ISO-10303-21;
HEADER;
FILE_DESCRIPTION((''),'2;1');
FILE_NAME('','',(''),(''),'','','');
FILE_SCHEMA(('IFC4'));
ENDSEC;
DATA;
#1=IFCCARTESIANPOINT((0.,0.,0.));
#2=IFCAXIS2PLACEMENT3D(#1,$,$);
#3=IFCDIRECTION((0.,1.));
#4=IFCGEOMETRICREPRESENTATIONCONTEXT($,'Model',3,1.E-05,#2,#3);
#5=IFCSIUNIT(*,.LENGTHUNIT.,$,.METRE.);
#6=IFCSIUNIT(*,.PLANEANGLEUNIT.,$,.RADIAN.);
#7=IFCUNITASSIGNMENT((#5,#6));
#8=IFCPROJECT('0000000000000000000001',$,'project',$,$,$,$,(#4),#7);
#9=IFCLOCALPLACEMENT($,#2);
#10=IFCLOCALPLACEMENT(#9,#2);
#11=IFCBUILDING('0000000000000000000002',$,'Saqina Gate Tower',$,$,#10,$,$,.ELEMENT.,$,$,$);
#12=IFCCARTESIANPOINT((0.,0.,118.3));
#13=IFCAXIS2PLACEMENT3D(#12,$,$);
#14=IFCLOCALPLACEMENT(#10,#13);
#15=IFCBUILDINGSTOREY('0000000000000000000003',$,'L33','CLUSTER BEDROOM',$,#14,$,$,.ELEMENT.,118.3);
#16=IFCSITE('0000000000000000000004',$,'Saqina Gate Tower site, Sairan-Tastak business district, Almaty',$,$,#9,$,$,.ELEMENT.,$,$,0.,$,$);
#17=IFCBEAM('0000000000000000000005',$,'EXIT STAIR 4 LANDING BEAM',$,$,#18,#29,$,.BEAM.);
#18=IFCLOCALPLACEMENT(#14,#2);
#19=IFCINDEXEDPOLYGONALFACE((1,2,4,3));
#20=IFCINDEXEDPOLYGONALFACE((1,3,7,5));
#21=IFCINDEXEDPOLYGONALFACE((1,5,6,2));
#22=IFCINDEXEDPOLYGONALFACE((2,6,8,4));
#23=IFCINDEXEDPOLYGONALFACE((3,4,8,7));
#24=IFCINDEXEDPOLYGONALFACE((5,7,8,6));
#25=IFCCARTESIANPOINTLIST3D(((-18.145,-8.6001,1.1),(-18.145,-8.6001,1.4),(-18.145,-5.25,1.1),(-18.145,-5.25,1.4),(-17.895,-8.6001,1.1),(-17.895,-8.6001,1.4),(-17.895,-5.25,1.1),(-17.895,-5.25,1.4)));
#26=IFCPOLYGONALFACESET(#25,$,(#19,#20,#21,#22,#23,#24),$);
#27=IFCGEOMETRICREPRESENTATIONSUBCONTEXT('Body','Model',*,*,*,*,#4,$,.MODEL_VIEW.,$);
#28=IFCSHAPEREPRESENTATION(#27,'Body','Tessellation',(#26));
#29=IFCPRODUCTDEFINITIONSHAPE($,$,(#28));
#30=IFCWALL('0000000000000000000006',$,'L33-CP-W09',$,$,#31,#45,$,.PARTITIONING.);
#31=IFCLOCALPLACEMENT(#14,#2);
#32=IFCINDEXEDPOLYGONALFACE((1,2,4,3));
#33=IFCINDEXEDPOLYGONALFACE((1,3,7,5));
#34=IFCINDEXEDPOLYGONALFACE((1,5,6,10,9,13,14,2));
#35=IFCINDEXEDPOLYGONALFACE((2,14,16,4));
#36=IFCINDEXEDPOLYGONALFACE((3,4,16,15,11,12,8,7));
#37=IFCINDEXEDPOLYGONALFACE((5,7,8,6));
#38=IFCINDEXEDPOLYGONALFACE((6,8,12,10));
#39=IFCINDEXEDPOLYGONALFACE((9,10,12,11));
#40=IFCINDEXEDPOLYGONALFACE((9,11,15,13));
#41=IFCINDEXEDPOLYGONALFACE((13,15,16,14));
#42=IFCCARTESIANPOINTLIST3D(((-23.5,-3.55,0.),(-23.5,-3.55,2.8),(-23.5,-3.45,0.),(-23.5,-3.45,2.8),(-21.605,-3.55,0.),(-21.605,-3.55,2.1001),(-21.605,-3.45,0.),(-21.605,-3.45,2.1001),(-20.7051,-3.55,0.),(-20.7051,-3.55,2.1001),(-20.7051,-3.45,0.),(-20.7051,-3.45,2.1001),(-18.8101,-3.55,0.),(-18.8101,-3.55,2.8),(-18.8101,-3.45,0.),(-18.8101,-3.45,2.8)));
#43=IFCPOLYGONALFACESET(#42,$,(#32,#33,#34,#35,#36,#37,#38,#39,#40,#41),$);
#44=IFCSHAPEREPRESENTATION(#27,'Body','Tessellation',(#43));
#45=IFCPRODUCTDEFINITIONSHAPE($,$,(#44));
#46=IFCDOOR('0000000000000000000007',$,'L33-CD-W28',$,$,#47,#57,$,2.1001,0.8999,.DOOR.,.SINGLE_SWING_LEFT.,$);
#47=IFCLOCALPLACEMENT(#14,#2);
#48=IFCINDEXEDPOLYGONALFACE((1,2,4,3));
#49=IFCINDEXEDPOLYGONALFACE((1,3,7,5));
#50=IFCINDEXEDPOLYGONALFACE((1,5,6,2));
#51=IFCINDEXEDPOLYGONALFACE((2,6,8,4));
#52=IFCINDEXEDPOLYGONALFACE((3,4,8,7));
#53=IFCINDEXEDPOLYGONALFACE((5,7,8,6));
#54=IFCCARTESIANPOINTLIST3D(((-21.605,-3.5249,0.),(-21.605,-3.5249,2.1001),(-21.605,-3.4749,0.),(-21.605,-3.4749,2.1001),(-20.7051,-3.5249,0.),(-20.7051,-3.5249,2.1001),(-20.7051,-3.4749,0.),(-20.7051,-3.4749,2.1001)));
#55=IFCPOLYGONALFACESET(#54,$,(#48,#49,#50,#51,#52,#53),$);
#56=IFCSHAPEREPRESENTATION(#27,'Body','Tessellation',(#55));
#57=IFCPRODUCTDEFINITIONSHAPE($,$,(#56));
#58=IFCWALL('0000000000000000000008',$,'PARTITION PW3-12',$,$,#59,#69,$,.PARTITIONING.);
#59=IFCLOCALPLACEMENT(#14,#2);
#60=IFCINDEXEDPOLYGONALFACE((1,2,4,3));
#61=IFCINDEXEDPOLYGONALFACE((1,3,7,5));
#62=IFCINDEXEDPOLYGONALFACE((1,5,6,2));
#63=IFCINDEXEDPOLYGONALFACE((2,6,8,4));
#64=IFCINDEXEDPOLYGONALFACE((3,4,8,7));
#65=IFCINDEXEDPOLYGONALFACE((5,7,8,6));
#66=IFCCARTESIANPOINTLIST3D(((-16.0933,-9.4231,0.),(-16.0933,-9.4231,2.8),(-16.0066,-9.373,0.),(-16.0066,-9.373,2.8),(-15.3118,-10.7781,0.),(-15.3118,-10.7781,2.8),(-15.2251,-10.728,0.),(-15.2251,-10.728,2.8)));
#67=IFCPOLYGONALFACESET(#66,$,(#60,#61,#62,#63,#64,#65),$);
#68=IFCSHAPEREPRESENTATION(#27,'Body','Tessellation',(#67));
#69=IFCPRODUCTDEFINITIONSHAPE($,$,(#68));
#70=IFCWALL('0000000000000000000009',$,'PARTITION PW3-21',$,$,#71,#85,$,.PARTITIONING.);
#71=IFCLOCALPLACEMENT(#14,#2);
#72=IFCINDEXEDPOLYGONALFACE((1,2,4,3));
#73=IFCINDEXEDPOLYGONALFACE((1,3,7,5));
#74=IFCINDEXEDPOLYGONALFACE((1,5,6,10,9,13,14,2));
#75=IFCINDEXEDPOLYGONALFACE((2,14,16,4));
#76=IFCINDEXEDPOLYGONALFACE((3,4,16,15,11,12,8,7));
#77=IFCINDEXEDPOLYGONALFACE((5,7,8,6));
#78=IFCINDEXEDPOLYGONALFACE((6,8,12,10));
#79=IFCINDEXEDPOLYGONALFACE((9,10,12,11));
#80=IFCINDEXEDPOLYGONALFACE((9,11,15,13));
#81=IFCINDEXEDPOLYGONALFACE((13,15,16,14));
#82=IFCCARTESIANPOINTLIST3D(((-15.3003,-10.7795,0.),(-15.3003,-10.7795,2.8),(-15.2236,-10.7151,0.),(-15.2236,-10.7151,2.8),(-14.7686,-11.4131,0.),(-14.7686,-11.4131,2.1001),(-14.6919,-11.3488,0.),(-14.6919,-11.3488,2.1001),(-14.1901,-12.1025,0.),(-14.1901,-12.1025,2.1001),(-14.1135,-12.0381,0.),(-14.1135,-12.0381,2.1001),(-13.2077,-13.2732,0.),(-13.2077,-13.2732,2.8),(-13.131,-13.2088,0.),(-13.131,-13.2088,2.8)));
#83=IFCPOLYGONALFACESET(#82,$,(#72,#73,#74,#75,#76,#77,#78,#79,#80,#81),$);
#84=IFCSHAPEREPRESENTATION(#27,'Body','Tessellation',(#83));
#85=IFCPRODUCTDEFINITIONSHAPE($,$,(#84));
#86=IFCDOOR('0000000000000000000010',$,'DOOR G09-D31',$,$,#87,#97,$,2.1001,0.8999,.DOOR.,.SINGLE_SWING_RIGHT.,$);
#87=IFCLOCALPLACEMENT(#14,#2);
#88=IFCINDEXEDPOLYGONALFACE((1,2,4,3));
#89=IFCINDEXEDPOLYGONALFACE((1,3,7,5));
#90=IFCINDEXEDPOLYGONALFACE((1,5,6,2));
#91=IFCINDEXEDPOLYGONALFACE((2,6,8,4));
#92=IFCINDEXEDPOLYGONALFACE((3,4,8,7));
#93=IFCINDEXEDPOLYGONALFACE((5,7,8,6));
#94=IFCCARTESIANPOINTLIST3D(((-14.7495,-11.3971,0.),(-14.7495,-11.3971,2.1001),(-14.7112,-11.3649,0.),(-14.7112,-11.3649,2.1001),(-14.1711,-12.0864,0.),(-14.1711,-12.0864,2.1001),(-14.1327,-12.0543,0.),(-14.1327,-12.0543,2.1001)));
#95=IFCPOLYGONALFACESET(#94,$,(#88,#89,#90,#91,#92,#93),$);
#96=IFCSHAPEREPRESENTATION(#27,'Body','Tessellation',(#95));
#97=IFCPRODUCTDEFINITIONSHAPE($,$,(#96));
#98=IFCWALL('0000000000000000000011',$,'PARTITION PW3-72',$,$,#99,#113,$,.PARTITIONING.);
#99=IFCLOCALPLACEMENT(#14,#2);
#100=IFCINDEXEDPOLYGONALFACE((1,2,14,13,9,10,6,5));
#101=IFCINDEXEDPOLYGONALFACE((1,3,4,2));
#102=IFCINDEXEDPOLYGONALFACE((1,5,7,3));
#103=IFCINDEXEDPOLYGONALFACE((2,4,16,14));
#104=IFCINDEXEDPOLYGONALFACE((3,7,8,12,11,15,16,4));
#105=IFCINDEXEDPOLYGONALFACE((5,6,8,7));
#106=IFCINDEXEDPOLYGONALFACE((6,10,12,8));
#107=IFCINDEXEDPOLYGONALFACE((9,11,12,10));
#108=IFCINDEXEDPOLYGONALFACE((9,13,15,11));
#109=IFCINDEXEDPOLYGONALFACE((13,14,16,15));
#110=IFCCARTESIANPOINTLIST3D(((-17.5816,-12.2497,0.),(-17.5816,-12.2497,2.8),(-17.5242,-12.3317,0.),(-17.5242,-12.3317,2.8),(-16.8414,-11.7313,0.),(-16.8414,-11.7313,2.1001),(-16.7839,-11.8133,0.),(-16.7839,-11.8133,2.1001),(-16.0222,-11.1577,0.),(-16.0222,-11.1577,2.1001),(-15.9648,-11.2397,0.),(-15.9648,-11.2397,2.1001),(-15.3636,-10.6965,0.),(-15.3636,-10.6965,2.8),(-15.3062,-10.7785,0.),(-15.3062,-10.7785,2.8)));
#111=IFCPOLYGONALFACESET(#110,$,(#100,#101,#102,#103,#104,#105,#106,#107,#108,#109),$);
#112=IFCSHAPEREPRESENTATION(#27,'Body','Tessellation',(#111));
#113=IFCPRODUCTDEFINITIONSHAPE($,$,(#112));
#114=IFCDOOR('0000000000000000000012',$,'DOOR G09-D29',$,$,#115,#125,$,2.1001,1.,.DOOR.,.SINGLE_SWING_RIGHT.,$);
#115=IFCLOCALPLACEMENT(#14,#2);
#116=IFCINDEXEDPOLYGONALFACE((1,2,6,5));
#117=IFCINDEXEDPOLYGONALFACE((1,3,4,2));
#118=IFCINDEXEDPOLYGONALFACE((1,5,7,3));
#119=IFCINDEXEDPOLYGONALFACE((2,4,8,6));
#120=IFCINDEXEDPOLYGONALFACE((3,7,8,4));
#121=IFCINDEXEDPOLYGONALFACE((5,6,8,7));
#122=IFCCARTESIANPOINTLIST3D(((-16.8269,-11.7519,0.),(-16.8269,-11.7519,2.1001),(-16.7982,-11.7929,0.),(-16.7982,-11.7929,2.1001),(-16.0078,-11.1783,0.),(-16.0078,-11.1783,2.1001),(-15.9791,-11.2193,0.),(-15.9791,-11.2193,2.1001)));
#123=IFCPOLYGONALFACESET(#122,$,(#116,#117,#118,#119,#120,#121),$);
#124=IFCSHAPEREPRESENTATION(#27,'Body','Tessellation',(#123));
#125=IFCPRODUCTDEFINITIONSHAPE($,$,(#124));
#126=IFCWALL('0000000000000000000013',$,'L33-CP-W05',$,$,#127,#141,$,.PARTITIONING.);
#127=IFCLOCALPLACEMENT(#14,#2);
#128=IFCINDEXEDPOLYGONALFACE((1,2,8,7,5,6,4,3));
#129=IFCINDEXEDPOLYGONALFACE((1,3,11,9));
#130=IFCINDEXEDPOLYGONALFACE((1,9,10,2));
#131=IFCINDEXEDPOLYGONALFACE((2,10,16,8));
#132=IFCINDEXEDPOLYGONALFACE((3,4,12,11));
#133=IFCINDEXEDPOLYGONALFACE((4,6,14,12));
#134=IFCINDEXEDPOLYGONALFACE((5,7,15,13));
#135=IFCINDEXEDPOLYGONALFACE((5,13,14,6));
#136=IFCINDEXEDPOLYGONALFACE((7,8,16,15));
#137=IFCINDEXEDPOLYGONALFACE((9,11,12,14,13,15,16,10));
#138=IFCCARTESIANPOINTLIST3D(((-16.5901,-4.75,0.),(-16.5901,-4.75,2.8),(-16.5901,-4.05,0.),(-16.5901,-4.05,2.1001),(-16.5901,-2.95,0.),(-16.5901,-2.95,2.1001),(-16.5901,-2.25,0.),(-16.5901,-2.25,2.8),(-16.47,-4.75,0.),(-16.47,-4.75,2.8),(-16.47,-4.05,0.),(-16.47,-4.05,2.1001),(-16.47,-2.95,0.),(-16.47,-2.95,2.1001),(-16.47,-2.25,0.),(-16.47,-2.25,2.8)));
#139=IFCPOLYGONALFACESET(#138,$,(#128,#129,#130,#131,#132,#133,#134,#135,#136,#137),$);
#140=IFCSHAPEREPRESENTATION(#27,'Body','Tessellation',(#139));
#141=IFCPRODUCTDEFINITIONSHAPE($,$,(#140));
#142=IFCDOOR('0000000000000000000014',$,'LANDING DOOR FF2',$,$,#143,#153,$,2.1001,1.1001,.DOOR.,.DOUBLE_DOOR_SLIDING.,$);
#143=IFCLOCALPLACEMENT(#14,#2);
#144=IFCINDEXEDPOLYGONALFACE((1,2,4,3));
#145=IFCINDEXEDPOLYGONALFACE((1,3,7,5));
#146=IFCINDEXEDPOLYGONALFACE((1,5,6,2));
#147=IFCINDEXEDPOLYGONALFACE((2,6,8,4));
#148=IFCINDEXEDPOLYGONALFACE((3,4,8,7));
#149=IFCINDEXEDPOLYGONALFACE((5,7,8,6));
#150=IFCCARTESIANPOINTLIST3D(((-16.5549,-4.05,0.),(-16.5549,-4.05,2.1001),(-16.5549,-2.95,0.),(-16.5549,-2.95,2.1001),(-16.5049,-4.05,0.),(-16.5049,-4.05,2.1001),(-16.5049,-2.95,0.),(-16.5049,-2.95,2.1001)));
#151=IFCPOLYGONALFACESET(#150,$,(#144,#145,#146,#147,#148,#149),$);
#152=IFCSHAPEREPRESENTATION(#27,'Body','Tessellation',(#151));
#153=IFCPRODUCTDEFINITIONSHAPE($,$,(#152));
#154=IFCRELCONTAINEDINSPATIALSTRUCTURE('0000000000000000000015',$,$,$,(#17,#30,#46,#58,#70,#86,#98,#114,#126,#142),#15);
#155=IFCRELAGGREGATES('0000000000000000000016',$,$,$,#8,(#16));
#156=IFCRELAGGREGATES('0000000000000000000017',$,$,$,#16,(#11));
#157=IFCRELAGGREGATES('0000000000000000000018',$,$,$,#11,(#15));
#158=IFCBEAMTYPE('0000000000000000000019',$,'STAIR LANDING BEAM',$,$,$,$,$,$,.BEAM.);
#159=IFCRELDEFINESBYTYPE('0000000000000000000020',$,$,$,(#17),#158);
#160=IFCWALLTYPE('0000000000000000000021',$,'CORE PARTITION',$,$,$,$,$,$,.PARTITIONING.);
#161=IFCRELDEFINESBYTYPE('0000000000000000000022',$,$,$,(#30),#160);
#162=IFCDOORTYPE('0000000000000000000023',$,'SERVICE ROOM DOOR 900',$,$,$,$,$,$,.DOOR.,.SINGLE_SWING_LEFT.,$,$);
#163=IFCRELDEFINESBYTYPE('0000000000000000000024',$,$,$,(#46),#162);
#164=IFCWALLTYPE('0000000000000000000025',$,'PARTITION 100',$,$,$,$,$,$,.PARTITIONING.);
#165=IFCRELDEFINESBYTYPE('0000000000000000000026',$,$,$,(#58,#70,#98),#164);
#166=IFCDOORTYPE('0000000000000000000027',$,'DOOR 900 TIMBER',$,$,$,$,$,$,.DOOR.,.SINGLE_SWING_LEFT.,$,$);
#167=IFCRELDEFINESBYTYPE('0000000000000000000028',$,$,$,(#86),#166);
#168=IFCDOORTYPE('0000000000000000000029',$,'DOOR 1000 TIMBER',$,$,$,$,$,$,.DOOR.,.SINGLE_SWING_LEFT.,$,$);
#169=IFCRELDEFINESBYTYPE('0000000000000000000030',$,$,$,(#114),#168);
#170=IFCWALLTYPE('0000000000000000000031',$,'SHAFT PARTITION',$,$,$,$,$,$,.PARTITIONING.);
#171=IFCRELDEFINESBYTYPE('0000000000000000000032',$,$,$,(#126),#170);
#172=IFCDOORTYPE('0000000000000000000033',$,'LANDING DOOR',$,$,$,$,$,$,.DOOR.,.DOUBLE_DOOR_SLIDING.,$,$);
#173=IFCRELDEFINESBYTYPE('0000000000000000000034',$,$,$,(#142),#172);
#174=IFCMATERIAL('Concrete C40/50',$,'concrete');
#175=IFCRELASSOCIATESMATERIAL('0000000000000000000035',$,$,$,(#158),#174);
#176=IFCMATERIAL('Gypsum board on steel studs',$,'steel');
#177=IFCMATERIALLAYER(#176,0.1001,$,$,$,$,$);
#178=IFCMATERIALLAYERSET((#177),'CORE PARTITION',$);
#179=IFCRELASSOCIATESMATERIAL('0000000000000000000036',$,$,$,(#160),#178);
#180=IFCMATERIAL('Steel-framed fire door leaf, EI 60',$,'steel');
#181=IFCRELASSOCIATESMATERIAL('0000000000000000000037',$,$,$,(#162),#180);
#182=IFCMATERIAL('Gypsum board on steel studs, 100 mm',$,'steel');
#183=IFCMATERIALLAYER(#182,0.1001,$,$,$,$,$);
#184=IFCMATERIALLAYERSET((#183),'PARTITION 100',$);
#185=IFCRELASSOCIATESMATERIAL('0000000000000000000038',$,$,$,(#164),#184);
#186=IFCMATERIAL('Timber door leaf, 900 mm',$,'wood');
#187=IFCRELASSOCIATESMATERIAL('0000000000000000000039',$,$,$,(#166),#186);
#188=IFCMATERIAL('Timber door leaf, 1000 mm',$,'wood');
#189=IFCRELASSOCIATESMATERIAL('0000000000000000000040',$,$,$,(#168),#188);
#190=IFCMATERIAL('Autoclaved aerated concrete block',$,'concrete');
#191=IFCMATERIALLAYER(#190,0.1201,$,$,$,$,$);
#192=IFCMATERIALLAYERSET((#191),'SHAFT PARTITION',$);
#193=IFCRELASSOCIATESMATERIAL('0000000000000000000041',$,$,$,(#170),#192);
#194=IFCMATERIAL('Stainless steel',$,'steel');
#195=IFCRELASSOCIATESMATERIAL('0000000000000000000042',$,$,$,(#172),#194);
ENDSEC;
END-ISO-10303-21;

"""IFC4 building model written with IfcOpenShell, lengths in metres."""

from ifc_helpers import new_model, si_unit, direction, frame, frame_2d, origin, origin_2d, place, context, subcontext, project, spatial, rectangle, extrude, material, layer, layer_set, material_profile, profile_set, type_object, element, fill, save


model = new_model("IFC4")

# Units and contexts
model_context = context("Model", 3, precision=1e-05, world=origin(), true_north=direction((0.0, 1.0)))
body_context = subcontext(model_context, "Body", "Model", "MODEL_VIEW")
ifc_project = project(units=[si_unit("LENGTHUNIT", "METRE"), si_unit("PLANEANGLEUNIT", "RADIAN")], contexts=[model_context])

# Site, building, storey
site_placement = place(None, origin())
site = spatial("IfcSite", under=ifc_project, at=site_placement, Name="Saqina Gate Tower site, Sairan-Tastak business district, Almaty", CompositionType="ELEMENT", RefElevation=0.0)
building_placement = place(site_placement, origin())
building = spatial("IfcBuilding", under=site, at=building_placement, Name="Saqina Gate Tower", CompositionType="ELEMENT")
storey_placement = place(building_placement, frame((0.0, 0.0, 118.3)))
storey = spatial("IfcBuildingStorey", under=building, at=storey_placement, Name="L33", Description="CLUSTER BEDROOM", CompositionType="ELEMENT", Elevation=118.3)

# Beam
ifc_material_1 = material(Name="Concrete C40/50", Category="concrete")
ifc_material_profile = material_profile(ifc_material_1, rectangle(XDim=0.25, YDim=0.3, at=origin_2d()), Name="STAIR LANDING BEAM")
ifc_profile_set = profile_set([ifc_material_profile], Name="Concrete C40/50")
beam_type = type_object("IfcBeamType", Name="STAIR LANDING BEAM", PredefinedType="BEAM", material=ifc_profile_set)
beam_placement = place(storey_placement, frame((-18.02, -8.6001, 1.25), z_axis=(0.0, 1.0, 0.0), x_axis=(-1.0, 0.0, 0.0)))
element("IfcBeam", 1, at=beam_placement, inside=storey, type_object=beam_type, Name="EXIT STAIR 4 LANDING BEAM", PredefinedType="BEAM", context=body_context, shape_type="SweptSolid", body=[
    extrude(rectangle(XDim=0.25, YDim=0.3, at=origin_2d()), origin(), (0.0, 0.0, 1.0), 3.3501),
])

# Wall, opening, door
ifc_material_2 = material(Name="Gypsum board on steel studs", Category="steel")
ifc_layer_1 = layer(ifc_material_2, 0.1001)
ifc_layer_set_1 = layer_set([ifc_layer_1], Name="CORE PARTITION")
wall_type_1 = type_object("IfcWallType", Name="CORE PARTITION", PredefinedType="PARTITIONING", material=ifc_layer_set_1)
wall_1_placement = place(storey_placement, frame((-18.8101, -3.5, 0.0), z_axis=(0.0, 0.0, 1.0), x_axis=(-1.0, 0.0, 0.0)))
wall_1 = element("IfcWall", 2, at=wall_1_placement, inside=storey, type_object=wall_type_1, Name="L33-CP-W09", PredefinedType="PARTITIONING", context=body_context, shape_type="SweptSolid", body=[
    extrude(rectangle(XDim=4.6899, YDim=0.1001, at=frame_2d((2.345, 0.0))), origin(), (0.0, 0.0, 1.0), 2.8),
])
opening_1_placement = place(wall_1_placement, frame((1.895, 0.0, 0.0)))
opening_1 = element("IfcOpeningElement", 3, at=opening_1_placement, cuts=wall_1, PredefinedType="OPENING", context=body_context, shape_type="SweptSolid", body=[
    extrude(rectangle(XDim=0.8999, YDim=2.1001, at=frame_2d((0.45, 1.05))), frame((0.0, 0.062, 0.0), z_axis=(0.0, -1.0, 0.0), x_axis=(1.0, 0.0, 0.0)), (0.0, 0.0, 1.0), 0.124),
])
ifc_material_3 = material(Name="Steel-framed fire door leaf, EI 60", Category="steel")
door_type_1 = type_object("IfcDoorType", Name="SERVICE ROOM DOOR 900", OperationType="SINGLE_SWING_LEFT", PredefinedType="DOOR", material=ifc_material_3)
door_1_placement = place(opening_1_placement, origin())
door_1 = element("IfcDoor", 4, at=door_1_placement, inside=storey, type_object=door_type_1, Name="L33-CD-W28", OperationType="SINGLE_SWING_LEFT", OverallHeight=2.1001, OverallWidth=0.8999, PredefinedType="DOOR", context=body_context, shape_type="SweptSolid", body=[
    extrude(rectangle(XDim=0.8999, YDim=2.1001, at=frame_2d((0.45, 1.05))), frame((0.0, 0.0249, 0.0), z_axis=(0.0, -1.0, 0.0), x_axis=(1.0, 0.0, 0.0)), (0.0, 0.0, 1.0), 0.05),
])
fill(opening_1, door_1)

# Wall
ifc_material_4 = material(Name="Gypsum board on steel studs, 100 mm", Category="steel")
ifc_layer_2 = layer(ifc_material_4, 0.1001)
ifc_layer_set_2 = layer_set([ifc_layer_2], Name="PARTITION 100")
wall_type_2 = type_object("IfcWallType", Name="PARTITION 100", PredefinedType="PARTITIONING", material=ifc_layer_set_2)
wall_2_placement = place(storey_placement, frame((-16.05, -9.3979, 0.0), z_axis=(0.0, 0.0, 1.0), x_axis=(0.499614, -0.866248, 0.0)))
element("IfcWall", 5, at=wall_2_placement, inside=storey, type_object=wall_type_2, Name="PARTITION PW3-12", PredefinedType="PARTITIONING", context=body_context, shape_type="SweptSolid", body=[
    extrude(rectangle(XDim=1.5642, YDim=0.1001, at=frame_2d((0.7822, 0.0))), origin(), (0.0, 0.0, 1.0), 2.8),
])

# Walls, openings, doors
wall_3_placement = place(storey_placement, frame((-15.262, -10.7473, 0.0), z_axis=(0.0, 0.0, 1.0), x_axis=(0.642807, -0.766028, 0.0)))
wall_3 = element("IfcWall", 6, at=wall_3_placement, inside=storey, type_object=wall_type_2, Name="PARTITION PW3-21", PredefinedType="PARTITIONING", context=body_context, shape_type="SweptSolid", body=[
    extrude(rectangle(XDim=3.2554, YDim=0.1001, at=frame_2d((1.6277, 0.0))), origin(), (0.0, 0.0, 1.0), 2.8),
])
opening_2_placement = place(wall_3_placement, frame((0.8271, 0.0, 0.0)))
opening_2 = element("IfcOpeningElement", 7, at=opening_2_placement, cuts=wall_3, PredefinedType="OPENING", context=body_context, shape_type="SweptSolid", body=[
    extrude(rectangle(XDim=0.8999, YDim=2.1001, at=frame_2d((0.45, 1.05))), frame((0.0, 0.062, 0.0), z_axis=(0.0, -1.0, 0.0), x_axis=(1.0, 0.0, 0.0)), (0.0, 0.0, 1.0), 0.124),
])
ifc_material_5 = material(Name="Timber door leaf, 900 mm", Category="wood")
door_type_2 = type_object("IfcDoorType", Name="DOOR 900 TIMBER", OperationType="SINGLE_SWING_LEFT", PredefinedType="DOOR", material=ifc_material_5)
door_2_placement = place(opening_2_placement, origin())
door_2 = element("IfcDoor", 8, at=door_2_placement, inside=storey, type_object=door_type_2, Name="DOOR G09-D31", OperationType="SINGLE_SWING_RIGHT", OverallHeight=2.1001, OverallWidth=0.8999, PredefinedType="DOOR", context=body_context, shape_type="SweptSolid", body=[
    extrude(rectangle(XDim=0.8999, YDim=2.1001, at=frame_2d((0.45, 1.05))), frame((0.0, 0.0249, 0.0), z_axis=(0.0, -1.0, 0.0), x_axis=(1.0, 0.0, 0.0)), (0.0, 0.0, 1.0), 0.05),
])
fill(opening_2, door_2)
wall_4_placement = place(storey_placement, frame((-17.553, -12.2908, 0.0), z_axis=(0.0, 0.0, 1.0), x_axis=(0.819126, 0.573614, 0.0)))
wall_4 = element("IfcWall", 9, at=wall_4_placement, inside=storey, type_object=wall_type_2, Name="PARTITION PW3-72", PredefinedType="PARTITIONING", context=body_context, shape_type="SweptSolid", body=[
    extrude(rectangle(XDim=2.7078, YDim=0.1001, at=frame_2d((1.354, 0.0))), origin(), (0.0, 0.0, 1.0), 2.8),
])
opening_3_placement = place(wall_4_placement, frame((0.9038, 0.0, 0.0)))
opening_3 = element("IfcOpeningElement", 10, at=opening_3_placement, cuts=wall_4, PredefinedType="OPENING", context=body_context, shape_type="SweptSolid", body=[
    extrude(rectangle(XDim=1.0, YDim=2.1001, at=frame_2d((0.5, 1.05))), frame((0.0, 0.062, 0.0), z_axis=(0.0, -1.0, 0.0), x_axis=(1.0, 0.0, 0.0)), (0.0, 0.0, 1.0), 0.124),
])
ifc_material_6 = material(Name="Timber door leaf, 1000 mm", Category="wood")
door_type_3 = type_object("IfcDoorType", Name="DOOR 1000 TIMBER", OperationType="SINGLE_SWING_LEFT", PredefinedType="DOOR", material=ifc_material_6)
door_3_placement = place(opening_3_placement, origin())
door_3 = element("IfcDoor", 11, at=door_3_placement, inside=storey, type_object=door_type_3, Name="DOOR G09-D29", OperationType="SINGLE_SWING_RIGHT", OverallHeight=2.1001, OverallWidth=1.0, PredefinedType="DOOR", context=body_context, shape_type="SweptSolid", body=[
    extrude(rectangle(XDim=1.0, YDim=2.1001, at=frame_2d((0.5, 1.05))), frame((0.0, 0.0249, 0.0), z_axis=(0.0, -1.0, 0.0), x_axis=(1.0, 0.0, 0.0)), (0.0, 0.0, 1.0), 0.05),
])
fill(opening_3, door_3)
ifc_material_7 = material(Name="Autoclaved aerated concrete block", Category="concrete")
ifc_layer_3 = layer(ifc_material_7, 0.1201)
ifc_layer_set_3 = layer_set([ifc_layer_3], Name="SHAFT PARTITION")
wall_type_3 = type_object("IfcWallType", Name="SHAFT PARTITION", PredefinedType="PARTITIONING", material=ifc_layer_set_3)
wall_5_placement = place(storey_placement, frame((-16.53, -4.75, 0.0), z_axis=(0.0, 0.0, 1.0), x_axis=(0.0, 1.0, 0.0)))
wall_5 = element("IfcWall", 12, at=wall_5_placement, inside=storey, type_object=wall_type_3, Name="L33-CP-W05", PredefinedType="PARTITIONING", context=body_context, shape_type="SweptSolid", body=[
    extrude(rectangle(XDim=2.5, YDim=0.1201, at=frame_2d((1.25, 0.0))), origin(), (0.0, 0.0, 1.0), 2.8),
])
opening_4_placement = place(wall_5_placement, frame((0.7, 0.0, 0.0)))
opening_4 = element("IfcOpeningElement", 13, at=opening_4_placement, cuts=wall_5, PredefinedType="OPENING", context=body_context, shape_type="SweptSolid", body=[
    extrude(rectangle(XDim=1.1001, YDim=2.1001, at=frame_2d((0.55, 1.05))), frame((0.0, 0.072, 0.0), z_axis=(0.0, -1.0, 0.0), x_axis=(1.0, 0.0, 0.0)), (0.0, 0.0, 1.0), 0.144),
])
ifc_material_8 = material(Name="Stainless steel", Category="steel")
door_type_4 = type_object("IfcDoorType", Name="LANDING DOOR", OperationType="DOUBLE_DOOR_SLIDING", PredefinedType="DOOR", material=ifc_material_8)
door_4_placement = place(opening_4_placement, origin())
door_4 = element("IfcDoor", 14, at=door_4_placement, inside=storey, type_object=door_type_4, Name="LANDING DOOR FF2", OperationType="DOUBLE_DOOR_SLIDING", OverallHeight=2.1001, OverallWidth=1.1001, PredefinedType="DOOR", context=body_context, shape_type="SweptSolid", body=[
    extrude(rectangle(XDim=1.1001, YDim=2.1001, at=frame_2d((0.55, 1.05))), frame((0.0, 0.0249, 0.0), z_axis=(0.0, -1.0, 0.0), x_axis=(1.0, 0.0, 0.0)), (0.0, 0.0, 1.0), 0.05),
])
fill(opening_4, door_4)

save(model, "model.ifc")
